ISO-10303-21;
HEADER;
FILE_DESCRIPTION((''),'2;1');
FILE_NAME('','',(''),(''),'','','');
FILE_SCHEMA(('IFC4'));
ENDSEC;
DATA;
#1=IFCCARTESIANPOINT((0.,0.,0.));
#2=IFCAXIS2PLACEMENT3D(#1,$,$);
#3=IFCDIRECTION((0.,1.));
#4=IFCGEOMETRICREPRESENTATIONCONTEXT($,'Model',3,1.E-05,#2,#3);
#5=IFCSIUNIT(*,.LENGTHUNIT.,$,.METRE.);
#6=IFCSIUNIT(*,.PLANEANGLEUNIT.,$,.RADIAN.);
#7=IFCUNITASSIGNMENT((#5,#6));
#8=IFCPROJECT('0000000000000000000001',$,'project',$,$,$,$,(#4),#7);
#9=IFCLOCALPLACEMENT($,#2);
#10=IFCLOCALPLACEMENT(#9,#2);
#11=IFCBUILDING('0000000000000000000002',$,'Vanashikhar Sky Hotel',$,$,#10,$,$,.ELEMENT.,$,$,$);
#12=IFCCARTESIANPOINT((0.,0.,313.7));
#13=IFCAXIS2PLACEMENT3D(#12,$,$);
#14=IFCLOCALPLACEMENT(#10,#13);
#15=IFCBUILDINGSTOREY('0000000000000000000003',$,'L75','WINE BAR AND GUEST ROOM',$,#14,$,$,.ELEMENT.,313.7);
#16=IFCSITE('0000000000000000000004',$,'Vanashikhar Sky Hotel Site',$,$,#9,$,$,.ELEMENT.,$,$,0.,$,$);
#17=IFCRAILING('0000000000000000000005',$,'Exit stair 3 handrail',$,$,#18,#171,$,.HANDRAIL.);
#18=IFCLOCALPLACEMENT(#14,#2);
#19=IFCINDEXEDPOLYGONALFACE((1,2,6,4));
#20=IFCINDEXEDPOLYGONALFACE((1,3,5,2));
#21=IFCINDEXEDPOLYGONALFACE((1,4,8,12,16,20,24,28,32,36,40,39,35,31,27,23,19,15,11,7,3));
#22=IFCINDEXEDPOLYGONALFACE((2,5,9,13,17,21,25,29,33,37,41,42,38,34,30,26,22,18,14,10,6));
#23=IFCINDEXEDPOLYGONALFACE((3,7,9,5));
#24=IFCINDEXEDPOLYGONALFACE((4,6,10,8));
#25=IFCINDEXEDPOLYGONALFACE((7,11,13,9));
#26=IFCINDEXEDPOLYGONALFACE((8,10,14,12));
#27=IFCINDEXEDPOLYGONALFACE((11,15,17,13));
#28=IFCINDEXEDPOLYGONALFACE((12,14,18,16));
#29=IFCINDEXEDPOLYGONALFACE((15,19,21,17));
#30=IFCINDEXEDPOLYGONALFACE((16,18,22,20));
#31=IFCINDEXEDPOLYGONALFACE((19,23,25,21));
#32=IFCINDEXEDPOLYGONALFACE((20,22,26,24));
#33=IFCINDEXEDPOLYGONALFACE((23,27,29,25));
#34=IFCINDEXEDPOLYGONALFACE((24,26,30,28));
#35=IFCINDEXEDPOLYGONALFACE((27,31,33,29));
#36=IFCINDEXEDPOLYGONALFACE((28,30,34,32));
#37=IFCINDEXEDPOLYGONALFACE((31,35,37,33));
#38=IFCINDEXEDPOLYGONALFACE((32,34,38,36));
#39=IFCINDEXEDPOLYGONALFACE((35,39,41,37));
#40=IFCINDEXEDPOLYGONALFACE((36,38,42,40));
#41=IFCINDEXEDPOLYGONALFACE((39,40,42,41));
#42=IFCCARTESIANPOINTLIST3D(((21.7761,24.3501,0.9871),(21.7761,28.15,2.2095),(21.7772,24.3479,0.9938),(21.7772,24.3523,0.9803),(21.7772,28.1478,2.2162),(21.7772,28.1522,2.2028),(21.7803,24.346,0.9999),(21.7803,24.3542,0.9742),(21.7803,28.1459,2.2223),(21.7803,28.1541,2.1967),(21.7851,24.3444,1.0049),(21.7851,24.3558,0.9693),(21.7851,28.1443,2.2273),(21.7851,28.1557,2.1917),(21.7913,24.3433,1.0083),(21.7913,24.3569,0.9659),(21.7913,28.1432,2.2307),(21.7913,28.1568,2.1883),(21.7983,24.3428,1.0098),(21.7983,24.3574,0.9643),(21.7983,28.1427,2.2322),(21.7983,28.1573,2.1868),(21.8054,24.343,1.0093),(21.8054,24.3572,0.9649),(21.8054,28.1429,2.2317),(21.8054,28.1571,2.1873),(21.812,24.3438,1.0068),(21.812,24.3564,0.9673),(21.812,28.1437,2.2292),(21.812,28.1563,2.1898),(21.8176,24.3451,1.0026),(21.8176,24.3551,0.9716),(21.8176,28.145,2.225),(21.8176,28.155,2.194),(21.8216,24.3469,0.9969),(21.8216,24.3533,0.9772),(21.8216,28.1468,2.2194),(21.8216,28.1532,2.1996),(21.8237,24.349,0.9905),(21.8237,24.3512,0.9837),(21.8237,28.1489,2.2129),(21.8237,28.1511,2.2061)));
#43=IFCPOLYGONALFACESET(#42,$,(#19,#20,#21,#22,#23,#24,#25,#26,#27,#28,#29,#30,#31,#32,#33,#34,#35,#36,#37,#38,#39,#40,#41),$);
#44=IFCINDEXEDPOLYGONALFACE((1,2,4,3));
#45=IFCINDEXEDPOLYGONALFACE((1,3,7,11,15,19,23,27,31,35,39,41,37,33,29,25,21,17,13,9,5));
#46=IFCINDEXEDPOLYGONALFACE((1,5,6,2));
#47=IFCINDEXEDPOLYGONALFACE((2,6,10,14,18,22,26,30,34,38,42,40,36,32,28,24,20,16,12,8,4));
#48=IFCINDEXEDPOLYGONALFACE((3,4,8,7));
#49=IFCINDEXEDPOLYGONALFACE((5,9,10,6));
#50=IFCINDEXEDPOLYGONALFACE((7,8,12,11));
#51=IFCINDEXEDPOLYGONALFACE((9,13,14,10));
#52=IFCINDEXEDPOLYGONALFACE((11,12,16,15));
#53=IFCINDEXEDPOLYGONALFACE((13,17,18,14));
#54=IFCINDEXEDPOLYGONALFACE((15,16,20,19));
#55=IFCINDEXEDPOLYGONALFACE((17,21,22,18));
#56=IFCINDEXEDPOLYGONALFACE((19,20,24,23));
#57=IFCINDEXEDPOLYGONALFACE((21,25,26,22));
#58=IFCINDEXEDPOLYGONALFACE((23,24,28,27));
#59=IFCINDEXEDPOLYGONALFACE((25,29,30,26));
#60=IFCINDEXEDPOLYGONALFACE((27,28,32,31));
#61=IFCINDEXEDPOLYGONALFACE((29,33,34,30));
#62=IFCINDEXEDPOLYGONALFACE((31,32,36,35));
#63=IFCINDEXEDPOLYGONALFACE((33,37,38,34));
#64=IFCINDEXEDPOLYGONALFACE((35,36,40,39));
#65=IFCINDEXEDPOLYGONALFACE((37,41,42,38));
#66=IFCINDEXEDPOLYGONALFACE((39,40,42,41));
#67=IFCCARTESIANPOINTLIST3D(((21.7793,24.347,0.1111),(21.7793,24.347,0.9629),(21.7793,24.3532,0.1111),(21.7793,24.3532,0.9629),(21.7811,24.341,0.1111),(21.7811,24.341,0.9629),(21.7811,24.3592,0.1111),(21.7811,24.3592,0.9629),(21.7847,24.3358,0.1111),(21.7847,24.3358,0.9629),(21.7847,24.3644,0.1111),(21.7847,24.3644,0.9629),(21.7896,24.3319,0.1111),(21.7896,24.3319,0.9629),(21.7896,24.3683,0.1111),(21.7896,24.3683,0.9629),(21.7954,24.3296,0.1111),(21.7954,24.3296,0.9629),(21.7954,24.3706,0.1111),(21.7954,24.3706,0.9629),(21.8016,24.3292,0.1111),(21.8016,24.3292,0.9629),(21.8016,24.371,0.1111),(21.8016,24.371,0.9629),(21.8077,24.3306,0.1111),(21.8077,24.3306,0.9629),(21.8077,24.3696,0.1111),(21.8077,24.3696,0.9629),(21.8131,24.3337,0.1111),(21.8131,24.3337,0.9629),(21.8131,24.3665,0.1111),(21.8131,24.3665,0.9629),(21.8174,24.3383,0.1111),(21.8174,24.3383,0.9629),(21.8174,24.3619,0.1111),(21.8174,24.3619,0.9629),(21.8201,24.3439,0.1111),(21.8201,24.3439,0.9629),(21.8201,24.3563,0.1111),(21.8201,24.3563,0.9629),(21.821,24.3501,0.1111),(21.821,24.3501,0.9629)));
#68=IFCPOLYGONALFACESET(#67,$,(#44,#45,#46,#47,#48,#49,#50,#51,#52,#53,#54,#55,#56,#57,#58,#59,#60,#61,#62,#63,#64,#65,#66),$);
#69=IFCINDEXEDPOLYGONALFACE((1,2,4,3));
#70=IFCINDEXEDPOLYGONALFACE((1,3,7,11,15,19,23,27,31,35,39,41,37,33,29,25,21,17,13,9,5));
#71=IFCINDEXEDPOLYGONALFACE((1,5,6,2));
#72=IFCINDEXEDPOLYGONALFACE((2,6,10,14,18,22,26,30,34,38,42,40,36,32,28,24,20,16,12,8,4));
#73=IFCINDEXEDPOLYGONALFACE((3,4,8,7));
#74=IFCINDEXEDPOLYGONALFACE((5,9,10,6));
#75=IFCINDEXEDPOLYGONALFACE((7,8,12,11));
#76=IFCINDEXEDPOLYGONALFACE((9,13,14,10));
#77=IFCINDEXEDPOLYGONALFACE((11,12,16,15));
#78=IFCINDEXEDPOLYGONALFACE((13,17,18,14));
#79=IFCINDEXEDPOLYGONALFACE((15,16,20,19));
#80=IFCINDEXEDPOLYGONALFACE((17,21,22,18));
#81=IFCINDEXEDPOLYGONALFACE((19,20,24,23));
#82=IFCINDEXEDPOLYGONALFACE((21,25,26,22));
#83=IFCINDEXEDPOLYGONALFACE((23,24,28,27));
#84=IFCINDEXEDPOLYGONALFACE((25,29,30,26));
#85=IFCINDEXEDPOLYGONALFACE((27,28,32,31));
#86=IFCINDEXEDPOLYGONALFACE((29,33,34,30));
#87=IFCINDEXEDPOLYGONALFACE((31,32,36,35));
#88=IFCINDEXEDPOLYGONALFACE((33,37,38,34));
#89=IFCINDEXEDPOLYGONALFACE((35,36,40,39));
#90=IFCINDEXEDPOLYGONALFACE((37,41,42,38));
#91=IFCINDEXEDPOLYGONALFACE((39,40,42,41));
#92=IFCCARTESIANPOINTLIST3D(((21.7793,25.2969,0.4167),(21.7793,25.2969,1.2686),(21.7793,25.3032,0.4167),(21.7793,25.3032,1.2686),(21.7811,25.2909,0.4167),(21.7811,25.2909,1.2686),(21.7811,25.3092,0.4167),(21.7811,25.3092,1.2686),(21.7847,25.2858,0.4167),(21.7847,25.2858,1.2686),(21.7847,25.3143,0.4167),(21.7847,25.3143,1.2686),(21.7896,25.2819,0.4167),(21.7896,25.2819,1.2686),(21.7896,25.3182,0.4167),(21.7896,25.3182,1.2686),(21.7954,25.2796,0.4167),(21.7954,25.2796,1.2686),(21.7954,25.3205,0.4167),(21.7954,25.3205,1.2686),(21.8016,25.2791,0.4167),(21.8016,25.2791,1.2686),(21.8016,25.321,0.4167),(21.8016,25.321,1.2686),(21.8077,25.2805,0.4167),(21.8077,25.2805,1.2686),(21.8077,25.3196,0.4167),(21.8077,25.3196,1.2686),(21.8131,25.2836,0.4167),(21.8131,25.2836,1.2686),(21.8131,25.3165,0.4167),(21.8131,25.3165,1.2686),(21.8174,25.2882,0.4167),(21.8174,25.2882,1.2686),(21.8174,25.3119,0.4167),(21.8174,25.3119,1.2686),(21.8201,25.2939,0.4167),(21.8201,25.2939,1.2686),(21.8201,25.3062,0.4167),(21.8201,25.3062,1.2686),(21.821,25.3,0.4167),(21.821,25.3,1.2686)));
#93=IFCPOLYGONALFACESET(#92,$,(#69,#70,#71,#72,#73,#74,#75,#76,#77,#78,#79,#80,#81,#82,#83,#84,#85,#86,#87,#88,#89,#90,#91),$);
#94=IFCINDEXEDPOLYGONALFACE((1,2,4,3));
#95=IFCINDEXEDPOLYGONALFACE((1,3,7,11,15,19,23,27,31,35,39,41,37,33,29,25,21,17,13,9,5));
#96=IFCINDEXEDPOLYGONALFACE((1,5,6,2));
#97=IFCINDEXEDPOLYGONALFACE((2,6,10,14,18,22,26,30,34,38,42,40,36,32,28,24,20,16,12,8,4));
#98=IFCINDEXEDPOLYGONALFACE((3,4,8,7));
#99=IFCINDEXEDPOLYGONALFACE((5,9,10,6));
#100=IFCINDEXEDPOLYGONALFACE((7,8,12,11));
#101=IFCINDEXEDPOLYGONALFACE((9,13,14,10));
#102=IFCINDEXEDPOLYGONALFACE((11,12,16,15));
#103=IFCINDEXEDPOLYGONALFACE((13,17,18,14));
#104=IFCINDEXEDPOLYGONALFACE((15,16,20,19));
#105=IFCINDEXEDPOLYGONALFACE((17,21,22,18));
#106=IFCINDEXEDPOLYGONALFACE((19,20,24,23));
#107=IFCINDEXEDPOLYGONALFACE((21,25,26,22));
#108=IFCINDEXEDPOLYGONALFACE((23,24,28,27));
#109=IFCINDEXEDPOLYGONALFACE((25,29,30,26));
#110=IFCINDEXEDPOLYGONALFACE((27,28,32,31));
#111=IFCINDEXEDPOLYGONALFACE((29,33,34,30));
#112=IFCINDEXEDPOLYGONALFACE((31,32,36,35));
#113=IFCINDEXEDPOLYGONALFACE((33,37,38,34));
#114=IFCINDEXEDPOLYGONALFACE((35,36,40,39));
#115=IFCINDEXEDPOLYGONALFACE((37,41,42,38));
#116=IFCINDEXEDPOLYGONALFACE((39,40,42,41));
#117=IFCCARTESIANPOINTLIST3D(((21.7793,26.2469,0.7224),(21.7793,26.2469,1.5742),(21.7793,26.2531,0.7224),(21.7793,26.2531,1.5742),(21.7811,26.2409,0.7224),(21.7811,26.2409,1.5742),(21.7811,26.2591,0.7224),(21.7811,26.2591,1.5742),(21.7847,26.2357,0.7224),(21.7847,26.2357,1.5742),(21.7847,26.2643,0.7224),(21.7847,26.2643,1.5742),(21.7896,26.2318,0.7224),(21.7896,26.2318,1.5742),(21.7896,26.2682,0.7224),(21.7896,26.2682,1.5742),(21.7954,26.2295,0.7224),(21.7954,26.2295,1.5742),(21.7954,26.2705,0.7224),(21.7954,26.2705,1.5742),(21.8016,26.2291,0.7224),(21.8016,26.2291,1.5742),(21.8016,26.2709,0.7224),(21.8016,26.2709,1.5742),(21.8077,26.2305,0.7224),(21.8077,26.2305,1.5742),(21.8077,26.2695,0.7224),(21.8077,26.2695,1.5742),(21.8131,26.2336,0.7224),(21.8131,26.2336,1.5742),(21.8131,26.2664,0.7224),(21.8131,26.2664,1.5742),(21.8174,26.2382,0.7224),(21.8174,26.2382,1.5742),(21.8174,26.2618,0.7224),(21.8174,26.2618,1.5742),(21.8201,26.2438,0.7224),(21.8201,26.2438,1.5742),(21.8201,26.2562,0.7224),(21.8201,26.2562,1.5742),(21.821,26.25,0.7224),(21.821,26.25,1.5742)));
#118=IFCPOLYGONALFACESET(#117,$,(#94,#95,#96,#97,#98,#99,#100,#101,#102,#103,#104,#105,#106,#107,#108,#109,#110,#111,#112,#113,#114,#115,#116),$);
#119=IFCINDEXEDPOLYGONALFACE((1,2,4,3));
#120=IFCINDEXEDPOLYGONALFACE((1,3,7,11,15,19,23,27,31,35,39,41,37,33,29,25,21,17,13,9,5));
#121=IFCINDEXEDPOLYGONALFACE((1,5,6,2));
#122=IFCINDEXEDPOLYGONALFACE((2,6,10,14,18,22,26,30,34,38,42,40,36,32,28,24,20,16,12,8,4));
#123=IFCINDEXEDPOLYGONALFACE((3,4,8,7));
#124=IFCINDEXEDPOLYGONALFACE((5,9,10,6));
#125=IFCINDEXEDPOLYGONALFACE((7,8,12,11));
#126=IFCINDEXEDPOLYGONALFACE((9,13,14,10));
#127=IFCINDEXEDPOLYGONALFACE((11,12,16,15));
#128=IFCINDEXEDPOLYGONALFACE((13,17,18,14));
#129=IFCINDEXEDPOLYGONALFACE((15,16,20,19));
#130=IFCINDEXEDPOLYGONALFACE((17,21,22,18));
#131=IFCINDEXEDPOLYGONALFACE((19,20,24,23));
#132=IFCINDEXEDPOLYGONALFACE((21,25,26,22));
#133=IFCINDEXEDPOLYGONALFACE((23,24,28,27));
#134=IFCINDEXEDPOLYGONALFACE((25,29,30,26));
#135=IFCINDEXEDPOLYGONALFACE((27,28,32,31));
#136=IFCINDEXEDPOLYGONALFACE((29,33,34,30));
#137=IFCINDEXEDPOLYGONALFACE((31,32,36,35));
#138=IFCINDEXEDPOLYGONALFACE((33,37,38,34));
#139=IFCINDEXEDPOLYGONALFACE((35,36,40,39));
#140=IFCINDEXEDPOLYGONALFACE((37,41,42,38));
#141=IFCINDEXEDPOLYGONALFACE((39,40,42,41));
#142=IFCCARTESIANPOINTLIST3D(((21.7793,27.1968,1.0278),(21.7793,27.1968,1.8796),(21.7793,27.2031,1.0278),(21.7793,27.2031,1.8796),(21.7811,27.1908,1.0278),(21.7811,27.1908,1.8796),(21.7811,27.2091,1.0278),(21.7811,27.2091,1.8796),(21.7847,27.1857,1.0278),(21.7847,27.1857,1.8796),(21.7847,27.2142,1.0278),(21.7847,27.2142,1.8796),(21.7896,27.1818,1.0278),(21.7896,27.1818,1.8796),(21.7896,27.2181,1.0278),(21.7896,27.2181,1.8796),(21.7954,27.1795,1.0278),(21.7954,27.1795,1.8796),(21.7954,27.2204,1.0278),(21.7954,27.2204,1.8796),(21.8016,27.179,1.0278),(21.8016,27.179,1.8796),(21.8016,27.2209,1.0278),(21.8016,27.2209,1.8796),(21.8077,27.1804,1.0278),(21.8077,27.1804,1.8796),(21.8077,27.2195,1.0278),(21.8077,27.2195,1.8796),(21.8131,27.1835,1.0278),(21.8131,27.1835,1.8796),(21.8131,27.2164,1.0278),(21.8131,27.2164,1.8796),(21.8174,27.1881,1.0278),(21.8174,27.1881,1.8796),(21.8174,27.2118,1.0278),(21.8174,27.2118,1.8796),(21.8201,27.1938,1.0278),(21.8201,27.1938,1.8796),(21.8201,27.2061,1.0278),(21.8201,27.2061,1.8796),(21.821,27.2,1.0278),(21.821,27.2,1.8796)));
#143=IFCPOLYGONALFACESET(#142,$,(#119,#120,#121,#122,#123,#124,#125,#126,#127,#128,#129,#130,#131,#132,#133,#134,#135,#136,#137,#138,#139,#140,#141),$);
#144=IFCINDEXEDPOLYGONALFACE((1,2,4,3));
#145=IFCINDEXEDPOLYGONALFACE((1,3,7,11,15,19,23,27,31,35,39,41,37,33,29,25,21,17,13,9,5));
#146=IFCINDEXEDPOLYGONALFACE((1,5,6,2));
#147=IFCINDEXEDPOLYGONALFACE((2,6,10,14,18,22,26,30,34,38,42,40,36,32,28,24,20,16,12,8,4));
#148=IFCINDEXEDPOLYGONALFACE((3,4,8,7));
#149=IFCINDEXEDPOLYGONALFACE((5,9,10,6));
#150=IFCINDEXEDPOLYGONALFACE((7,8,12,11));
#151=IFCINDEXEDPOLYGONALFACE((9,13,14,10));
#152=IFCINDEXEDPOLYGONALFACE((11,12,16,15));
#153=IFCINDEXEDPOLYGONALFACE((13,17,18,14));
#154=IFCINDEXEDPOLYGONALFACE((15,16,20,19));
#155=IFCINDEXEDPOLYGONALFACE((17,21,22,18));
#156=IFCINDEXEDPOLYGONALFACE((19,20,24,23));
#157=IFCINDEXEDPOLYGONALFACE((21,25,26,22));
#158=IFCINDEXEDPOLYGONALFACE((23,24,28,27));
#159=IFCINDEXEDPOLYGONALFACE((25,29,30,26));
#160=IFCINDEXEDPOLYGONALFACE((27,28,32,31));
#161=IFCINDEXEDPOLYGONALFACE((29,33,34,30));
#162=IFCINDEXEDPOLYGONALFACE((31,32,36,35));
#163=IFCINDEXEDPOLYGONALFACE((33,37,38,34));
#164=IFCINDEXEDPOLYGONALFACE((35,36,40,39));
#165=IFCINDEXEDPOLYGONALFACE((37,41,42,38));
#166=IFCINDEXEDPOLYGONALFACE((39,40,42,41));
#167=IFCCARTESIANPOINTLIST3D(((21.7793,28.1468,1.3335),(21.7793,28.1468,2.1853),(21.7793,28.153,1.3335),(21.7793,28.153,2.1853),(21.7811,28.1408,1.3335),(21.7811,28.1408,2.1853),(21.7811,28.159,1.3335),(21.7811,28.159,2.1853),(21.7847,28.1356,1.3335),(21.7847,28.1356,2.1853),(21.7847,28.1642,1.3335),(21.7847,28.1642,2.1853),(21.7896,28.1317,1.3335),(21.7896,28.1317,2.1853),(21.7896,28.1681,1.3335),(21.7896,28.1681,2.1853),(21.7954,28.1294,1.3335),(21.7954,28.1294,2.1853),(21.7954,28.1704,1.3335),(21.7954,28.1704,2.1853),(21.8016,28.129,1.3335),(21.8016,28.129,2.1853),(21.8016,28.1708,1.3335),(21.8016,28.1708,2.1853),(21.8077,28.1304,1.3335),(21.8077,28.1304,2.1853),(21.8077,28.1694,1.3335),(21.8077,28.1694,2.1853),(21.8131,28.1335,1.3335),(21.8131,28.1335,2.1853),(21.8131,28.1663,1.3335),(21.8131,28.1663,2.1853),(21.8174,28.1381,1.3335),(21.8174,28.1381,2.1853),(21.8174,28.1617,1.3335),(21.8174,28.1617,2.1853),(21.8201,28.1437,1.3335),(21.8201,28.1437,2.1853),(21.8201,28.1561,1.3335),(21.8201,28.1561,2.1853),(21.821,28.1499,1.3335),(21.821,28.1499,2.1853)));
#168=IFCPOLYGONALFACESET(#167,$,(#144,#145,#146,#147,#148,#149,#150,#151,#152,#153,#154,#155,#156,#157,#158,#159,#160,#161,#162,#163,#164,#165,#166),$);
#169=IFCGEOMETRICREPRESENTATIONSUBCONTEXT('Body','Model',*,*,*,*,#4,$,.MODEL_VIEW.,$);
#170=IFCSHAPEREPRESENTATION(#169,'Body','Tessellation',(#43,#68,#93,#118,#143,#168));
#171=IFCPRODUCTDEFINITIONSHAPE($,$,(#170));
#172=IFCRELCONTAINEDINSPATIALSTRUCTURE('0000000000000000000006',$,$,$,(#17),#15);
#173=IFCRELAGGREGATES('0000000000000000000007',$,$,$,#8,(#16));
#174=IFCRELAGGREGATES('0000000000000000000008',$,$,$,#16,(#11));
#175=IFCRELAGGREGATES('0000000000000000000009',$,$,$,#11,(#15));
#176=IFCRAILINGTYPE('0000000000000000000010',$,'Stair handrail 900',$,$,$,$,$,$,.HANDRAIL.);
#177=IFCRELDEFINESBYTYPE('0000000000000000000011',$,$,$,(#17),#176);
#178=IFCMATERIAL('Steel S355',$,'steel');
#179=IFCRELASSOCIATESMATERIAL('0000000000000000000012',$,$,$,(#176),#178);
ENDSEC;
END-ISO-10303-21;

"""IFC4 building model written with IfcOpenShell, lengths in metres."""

from ifc_helpers import new_model, si_unit, direction, frame, origin, origin_2d, place, context, subcontext, project, spatial, circle, extrude, source, transform, mapped, material, type_object, element, save


model = new_model("IFC4")

# Units and contexts
model_context = context("Model", 3, precision=1e-05, world=origin(), true_north=direction((0.0, 1.0)))
body_context = subcontext(model_context, "Body", "Model", "MODEL_VIEW")
ifc_project = project(units=[si_unit("LENGTHUNIT", "METRE"), si_unit("PLANEANGLEUNIT", "RADIAN")], contexts=[model_context])

# Site, building, storey
site_placement = place(None, origin())
site = spatial("IfcSite", under=ifc_project, at=site_placement, Name="Vanashikhar Sky Hotel Site", CompositionType="ELEMENT", RefElevation=0.0)
building_placement = place(site_placement, origin())
building = spatial("IfcBuilding", under=site, at=building_placement, Name="Vanashikhar Sky Hotel", CompositionType="ELEMENT")
storey_placement = place(building_placement, frame((0.0, 0.0, 313.7)))
storey = spatial("IfcBuildingStorey", under=building, at=storey_placement, Name="L75", Description="WINE BAR AND GUEST ROOM", CompositionType="ELEMENT", Elevation=313.7)

# Railing
ifc_material_1 = material(Name="Steel S355", Category="steel")
railing_type = type_object("IfcRailingType", Name="Stair handrail 900", PredefinedType="HANDRAIL", material=ifc_material_1)
shared_shape_1 = source(origin(), body_context, "Body", "SweptSolid", [
    extrude(circle(Radius=0.0239, at=origin_2d()), frame((0.0, 0.0, 0.876), z_axis=(0.0, 0.951952, 0.306247), x_axis=(-1.0, 0.0, 0.0)), (0.0, 0.0, 1.0), 3.9917),
    extrude(circle(Radius=0.021, at=origin_2d()), origin(), (0.0, 0.0, 1.0), 0.8518),
    extrude(circle(Radius=0.021, at=origin_2d()), frame((0.0, 0.95, 0.3057)), (0.0, 0.0, 1.0), 0.8518),
    extrude(circle(Radius=0.021, at=origin_2d()), frame((0.0, 1.8999, 0.6113)), (0.0, 0.0, 1.0), 0.8518),
    extrude(circle(Radius=0.021, at=origin_2d()), frame((0.0, 2.8499, 0.9167)), (0.0, 0.0, 1.0), 0.8518),
    extrude(circle(Radius=0.021, at=origin_2d()), frame((0.0, 3.7998, 1.2224)), (0.0, 0.0, 1.0), 0.8518),
])
railing_1_placement = place(storey_placement, frame((21.8, 24.3501, 0.1111)))
element("IfcRailing", 1, at=railing_1_placement, inside=storey, type_object=railing_type, Name="Exit stair 3 handrail", PredefinedType="HANDRAIL", context=body_context, shape_type="MappedRepresentation", body=[
    mapped(shared_shape_1, transform((0.0, 0.0, 0.0), scale=1.0)),
])

save(model, "model.ifc")
